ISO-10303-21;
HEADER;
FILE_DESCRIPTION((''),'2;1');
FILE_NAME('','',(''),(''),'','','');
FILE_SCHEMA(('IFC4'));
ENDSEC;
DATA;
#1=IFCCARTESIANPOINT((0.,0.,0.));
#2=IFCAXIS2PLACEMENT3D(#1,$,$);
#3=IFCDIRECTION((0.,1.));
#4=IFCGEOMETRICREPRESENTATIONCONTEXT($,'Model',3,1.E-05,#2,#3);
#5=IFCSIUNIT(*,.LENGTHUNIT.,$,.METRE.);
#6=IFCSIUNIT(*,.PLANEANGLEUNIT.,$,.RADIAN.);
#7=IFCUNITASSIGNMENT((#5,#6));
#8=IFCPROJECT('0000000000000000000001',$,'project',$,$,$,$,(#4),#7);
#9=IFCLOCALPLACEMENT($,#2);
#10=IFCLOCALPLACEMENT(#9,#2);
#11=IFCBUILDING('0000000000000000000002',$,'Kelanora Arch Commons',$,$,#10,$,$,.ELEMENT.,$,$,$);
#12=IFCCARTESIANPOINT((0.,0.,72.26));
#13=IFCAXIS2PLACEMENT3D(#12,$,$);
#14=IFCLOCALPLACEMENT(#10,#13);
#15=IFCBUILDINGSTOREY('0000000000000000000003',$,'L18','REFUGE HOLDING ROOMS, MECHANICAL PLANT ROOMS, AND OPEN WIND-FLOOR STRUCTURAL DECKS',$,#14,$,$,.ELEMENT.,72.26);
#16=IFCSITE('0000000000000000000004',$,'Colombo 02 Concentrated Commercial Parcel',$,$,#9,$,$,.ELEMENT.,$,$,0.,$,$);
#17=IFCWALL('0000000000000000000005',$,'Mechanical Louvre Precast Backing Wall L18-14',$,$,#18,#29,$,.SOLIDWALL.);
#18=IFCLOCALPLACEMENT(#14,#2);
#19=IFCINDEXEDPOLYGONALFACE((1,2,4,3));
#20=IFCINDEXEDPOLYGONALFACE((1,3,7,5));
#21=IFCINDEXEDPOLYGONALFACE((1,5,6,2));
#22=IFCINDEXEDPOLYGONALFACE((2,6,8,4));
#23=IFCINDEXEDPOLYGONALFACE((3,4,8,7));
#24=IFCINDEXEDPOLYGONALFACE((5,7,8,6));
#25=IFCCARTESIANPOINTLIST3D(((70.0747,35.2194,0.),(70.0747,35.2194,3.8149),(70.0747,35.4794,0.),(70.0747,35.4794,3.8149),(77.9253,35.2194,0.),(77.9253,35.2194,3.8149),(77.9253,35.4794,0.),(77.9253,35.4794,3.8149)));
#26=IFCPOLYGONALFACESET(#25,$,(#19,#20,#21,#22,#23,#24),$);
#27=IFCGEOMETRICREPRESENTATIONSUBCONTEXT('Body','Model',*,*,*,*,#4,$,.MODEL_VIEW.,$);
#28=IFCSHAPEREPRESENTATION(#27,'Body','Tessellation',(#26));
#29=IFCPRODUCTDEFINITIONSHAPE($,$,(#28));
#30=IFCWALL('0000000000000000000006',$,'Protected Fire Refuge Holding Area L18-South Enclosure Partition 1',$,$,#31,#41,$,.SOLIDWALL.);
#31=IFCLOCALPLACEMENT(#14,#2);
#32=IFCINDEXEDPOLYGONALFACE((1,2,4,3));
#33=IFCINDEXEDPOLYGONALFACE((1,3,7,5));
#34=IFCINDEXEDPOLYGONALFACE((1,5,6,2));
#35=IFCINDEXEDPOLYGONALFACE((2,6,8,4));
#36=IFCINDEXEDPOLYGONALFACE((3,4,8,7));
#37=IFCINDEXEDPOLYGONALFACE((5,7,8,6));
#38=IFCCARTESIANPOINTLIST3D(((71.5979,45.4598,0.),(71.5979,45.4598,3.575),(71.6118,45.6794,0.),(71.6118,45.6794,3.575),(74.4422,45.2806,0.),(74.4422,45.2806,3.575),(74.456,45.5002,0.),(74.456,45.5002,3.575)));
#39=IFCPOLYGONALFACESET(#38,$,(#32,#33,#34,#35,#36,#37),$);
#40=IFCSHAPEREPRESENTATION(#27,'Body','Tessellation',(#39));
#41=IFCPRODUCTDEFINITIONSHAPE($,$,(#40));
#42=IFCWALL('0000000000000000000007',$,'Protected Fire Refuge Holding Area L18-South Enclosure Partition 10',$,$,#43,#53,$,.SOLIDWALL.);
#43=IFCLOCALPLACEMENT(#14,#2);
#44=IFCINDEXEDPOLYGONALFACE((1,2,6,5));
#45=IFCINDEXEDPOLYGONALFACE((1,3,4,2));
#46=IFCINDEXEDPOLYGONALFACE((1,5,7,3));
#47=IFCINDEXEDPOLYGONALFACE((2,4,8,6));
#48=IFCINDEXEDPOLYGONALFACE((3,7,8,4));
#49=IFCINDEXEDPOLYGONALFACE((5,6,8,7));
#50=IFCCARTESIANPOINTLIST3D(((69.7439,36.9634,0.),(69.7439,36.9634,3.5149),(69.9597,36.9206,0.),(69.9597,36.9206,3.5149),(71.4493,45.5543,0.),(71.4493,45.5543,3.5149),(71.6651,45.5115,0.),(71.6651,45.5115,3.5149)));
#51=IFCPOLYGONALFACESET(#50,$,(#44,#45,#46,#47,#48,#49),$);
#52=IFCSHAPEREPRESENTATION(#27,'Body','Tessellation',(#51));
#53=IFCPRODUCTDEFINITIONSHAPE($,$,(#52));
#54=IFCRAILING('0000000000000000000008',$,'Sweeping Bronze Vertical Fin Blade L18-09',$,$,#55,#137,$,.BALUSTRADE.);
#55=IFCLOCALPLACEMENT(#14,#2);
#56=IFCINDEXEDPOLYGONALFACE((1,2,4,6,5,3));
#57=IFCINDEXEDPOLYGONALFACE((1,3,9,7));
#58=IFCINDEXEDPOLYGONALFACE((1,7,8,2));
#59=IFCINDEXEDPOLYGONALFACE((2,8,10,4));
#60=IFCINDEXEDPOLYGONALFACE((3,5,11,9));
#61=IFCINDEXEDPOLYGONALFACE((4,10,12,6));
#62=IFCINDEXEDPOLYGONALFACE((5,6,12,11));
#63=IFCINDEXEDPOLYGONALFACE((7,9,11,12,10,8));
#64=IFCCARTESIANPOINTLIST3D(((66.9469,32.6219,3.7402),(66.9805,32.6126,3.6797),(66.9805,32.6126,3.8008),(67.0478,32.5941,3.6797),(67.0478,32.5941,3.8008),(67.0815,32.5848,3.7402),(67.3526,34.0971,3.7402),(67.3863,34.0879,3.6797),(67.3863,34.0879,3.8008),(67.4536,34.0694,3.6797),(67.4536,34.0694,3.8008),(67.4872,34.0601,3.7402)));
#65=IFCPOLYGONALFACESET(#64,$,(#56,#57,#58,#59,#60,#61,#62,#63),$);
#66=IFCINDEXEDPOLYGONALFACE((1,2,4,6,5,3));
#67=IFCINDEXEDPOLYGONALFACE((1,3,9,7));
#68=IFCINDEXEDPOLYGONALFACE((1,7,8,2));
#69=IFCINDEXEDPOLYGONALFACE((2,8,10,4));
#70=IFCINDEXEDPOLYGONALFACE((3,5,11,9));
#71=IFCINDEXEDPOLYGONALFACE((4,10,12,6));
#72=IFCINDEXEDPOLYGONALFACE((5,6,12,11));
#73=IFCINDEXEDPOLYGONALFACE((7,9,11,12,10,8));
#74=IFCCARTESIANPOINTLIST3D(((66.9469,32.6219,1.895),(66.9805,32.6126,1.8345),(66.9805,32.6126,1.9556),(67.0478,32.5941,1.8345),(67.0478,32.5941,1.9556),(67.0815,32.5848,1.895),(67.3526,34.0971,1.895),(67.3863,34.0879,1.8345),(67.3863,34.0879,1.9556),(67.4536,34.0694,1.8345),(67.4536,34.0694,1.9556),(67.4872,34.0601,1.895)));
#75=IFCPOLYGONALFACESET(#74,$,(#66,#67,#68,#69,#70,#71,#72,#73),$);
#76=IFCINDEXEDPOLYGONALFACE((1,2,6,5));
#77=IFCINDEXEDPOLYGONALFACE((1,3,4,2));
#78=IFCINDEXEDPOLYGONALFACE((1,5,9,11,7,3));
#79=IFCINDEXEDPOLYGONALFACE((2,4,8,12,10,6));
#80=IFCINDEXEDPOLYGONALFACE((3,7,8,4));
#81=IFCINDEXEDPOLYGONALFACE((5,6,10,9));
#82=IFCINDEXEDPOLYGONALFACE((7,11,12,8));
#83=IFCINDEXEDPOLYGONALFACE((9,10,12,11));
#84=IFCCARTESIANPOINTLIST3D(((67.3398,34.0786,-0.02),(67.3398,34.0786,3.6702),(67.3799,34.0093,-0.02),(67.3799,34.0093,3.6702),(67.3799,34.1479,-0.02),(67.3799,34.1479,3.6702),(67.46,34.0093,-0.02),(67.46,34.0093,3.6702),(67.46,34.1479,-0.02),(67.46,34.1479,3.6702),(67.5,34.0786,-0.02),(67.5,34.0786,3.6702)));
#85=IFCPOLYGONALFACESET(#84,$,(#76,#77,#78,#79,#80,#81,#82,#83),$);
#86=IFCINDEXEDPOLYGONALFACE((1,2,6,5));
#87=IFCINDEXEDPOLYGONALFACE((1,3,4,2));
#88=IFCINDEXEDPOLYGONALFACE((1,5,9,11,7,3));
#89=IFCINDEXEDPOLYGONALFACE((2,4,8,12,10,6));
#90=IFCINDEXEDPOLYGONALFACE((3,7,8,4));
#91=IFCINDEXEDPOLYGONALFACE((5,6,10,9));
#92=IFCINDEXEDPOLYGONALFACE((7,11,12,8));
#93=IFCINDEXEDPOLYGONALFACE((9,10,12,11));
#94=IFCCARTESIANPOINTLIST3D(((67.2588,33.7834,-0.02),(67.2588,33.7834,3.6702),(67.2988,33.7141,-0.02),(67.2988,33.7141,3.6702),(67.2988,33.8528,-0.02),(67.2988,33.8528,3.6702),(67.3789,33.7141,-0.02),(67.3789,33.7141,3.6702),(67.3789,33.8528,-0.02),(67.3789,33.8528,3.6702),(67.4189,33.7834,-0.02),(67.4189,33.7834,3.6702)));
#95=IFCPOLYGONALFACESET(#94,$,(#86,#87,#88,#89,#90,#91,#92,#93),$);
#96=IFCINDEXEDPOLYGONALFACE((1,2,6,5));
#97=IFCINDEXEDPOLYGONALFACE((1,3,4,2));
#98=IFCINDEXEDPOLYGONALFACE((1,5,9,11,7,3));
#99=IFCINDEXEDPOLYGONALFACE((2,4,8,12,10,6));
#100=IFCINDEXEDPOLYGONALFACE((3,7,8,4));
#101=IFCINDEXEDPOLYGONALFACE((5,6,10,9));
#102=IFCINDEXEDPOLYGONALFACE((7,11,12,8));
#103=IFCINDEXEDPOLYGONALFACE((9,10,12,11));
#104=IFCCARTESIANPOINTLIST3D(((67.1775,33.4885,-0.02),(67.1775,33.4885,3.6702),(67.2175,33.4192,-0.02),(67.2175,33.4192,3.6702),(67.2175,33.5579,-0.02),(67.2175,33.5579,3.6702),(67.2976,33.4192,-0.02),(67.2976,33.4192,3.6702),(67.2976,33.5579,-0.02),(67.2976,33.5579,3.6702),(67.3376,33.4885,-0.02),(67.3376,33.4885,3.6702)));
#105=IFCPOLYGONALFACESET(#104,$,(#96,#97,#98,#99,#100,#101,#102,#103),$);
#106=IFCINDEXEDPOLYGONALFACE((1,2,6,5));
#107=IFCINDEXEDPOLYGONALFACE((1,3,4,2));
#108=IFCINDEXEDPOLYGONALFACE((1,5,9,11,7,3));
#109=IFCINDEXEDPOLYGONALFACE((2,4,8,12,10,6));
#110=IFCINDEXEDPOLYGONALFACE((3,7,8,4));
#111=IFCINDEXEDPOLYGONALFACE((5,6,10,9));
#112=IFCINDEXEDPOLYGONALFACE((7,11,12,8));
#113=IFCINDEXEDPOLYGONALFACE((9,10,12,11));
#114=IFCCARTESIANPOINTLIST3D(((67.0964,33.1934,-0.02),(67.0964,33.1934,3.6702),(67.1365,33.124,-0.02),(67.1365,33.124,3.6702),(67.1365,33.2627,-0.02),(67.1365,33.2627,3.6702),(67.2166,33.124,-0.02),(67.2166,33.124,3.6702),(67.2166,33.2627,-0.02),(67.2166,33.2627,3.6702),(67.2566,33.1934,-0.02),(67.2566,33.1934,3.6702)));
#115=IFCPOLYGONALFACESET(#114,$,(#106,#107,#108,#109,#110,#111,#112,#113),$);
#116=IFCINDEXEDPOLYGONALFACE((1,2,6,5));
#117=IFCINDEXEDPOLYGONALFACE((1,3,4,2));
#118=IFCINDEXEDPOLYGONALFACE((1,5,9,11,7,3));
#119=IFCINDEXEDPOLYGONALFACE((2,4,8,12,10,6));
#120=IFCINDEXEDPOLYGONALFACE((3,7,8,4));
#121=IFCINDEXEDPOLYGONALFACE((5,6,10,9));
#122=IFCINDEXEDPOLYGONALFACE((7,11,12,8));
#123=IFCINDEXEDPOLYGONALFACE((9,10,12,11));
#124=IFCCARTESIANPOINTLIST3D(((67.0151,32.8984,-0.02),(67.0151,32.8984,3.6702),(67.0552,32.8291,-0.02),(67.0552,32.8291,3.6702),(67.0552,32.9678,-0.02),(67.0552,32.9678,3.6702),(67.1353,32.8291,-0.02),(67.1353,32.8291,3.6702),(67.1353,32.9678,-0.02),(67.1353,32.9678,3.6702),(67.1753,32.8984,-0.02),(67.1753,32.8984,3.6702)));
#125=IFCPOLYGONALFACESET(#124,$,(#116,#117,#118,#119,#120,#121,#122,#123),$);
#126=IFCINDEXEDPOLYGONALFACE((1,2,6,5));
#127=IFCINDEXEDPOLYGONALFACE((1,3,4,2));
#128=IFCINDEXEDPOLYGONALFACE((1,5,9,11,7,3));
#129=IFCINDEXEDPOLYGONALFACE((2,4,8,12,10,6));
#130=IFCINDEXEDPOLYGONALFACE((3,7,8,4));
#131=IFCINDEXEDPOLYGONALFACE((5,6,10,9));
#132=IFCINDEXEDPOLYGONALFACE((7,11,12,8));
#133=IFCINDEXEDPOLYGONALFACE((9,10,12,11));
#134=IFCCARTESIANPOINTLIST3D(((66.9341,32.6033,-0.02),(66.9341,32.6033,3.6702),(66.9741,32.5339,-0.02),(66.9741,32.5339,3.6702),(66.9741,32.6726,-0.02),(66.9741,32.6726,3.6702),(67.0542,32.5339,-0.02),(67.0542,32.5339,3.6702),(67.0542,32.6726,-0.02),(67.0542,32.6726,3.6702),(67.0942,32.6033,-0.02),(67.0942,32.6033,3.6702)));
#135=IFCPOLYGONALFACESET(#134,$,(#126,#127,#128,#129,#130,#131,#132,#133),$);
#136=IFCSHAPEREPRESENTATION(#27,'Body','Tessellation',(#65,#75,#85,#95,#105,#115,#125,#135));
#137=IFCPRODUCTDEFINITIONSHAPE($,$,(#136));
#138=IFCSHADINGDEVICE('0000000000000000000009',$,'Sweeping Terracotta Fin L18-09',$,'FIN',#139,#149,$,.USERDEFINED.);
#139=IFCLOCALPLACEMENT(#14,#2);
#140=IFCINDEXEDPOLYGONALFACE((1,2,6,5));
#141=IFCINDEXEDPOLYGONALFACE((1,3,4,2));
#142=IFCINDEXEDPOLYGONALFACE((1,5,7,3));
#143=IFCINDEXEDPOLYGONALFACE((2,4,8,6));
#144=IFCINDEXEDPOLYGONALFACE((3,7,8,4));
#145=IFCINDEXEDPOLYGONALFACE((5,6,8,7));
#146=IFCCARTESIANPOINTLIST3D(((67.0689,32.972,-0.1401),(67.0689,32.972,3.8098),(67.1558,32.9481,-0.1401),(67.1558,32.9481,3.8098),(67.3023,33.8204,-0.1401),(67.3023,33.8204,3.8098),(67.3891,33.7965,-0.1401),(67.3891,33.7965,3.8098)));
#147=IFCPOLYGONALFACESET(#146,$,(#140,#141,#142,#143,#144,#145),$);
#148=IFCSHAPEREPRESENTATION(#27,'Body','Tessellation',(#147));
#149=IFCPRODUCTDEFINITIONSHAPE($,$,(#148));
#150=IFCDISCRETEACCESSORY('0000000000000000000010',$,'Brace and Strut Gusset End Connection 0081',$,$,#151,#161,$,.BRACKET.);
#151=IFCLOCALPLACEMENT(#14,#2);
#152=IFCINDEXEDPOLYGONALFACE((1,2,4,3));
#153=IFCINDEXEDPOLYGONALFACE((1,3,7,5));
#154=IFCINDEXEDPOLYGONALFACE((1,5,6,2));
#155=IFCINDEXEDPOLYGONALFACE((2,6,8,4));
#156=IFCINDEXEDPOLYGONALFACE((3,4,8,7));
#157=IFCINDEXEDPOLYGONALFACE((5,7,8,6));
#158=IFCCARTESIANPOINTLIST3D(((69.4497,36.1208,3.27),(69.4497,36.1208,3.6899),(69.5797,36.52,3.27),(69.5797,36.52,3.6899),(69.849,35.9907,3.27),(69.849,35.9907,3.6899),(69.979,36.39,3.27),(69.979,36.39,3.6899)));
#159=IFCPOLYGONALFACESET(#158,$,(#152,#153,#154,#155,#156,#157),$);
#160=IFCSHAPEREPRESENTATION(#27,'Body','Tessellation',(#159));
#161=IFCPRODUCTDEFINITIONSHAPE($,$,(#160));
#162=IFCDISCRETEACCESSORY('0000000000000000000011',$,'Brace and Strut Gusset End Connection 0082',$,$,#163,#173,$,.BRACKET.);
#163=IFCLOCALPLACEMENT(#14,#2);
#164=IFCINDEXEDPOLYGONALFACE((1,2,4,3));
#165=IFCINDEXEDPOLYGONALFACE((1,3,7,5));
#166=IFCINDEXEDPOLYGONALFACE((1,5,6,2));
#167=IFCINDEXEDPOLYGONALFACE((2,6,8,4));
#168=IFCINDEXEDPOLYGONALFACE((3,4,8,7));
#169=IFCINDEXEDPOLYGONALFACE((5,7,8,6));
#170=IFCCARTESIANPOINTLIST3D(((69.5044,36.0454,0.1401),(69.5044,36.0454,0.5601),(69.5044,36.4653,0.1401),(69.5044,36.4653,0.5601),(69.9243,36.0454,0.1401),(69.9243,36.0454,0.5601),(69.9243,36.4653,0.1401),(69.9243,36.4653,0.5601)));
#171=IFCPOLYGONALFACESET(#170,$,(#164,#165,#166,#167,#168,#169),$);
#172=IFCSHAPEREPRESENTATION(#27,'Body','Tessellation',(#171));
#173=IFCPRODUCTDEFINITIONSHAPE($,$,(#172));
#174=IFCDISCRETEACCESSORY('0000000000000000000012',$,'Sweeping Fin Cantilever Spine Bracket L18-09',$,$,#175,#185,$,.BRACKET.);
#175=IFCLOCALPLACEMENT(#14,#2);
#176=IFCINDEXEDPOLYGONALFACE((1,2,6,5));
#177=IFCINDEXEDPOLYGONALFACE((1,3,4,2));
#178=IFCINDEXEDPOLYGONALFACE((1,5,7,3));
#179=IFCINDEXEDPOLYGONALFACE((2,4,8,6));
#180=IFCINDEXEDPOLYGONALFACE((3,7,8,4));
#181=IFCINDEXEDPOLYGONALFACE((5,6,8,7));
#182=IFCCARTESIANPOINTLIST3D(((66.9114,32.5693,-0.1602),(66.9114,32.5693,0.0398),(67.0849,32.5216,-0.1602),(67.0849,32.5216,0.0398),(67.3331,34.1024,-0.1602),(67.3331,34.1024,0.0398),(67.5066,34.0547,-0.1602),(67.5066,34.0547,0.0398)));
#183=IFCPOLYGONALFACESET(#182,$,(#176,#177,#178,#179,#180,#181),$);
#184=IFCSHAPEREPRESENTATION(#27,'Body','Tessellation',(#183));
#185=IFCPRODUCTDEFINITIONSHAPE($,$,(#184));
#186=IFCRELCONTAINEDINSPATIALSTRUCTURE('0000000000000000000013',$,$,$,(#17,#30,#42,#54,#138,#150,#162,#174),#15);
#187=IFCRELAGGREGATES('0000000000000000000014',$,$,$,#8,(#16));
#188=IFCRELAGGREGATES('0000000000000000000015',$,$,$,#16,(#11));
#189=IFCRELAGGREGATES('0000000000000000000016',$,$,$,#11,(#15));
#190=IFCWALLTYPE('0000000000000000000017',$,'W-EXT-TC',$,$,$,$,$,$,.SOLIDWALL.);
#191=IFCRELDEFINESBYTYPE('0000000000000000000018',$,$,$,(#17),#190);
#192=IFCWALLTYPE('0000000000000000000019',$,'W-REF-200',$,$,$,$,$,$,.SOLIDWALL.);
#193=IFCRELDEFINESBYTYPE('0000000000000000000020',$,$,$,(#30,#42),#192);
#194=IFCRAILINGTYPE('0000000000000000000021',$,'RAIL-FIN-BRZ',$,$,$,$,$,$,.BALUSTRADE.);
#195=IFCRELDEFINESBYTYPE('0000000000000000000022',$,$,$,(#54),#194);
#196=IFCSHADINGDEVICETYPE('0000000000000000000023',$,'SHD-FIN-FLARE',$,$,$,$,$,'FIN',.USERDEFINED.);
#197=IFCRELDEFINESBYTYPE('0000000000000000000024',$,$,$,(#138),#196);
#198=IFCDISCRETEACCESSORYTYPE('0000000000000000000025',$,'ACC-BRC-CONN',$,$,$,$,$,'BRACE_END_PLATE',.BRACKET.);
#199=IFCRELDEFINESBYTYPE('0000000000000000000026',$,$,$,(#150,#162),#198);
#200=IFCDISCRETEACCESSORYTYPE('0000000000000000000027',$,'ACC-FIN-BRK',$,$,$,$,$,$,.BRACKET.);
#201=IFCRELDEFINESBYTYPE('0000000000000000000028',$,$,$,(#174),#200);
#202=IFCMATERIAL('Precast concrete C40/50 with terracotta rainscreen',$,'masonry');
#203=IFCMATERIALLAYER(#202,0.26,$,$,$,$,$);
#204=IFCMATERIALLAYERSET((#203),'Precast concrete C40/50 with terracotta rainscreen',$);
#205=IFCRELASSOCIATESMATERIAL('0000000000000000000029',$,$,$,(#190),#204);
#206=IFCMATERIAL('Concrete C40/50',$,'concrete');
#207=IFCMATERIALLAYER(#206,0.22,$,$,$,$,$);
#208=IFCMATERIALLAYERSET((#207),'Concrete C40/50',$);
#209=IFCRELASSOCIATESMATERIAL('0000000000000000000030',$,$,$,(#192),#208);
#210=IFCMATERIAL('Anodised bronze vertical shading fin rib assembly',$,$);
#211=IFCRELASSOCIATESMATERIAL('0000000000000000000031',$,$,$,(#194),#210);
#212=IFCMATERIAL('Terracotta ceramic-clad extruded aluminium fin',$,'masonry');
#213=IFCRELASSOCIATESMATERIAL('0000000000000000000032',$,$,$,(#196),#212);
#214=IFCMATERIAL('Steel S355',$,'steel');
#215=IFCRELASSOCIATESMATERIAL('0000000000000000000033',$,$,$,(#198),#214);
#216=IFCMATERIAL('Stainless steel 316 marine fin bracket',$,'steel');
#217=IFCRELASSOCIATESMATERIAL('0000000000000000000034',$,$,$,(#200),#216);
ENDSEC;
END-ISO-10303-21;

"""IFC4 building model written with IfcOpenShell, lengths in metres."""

from ifc_helpers import new_model, si_unit, direction, frame, frame_2d, origin, origin_2d, place, context, subcontext, project, spatial, polyline, rectangle, outline, extrude, source, transform, mapped, material, layer, layer_set, type_object, element, save


model = new_model("IFC4")

# Units and contexts
model_context = context("Model", 3, precision=1e-05, world=origin(), true_north=direction((0.0, 1.0)))
body_context = subcontext(model_context, "Body", "Model", "MODEL_VIEW")
ifc_project = project(units=[si_unit("LENGTHUNIT", "METRE"), si_unit("PLANEANGLEUNIT", "RADIAN")], contexts=[model_context])

# Site, building, storey
site_placement = place(None, origin())
site = spatial("IfcSite", under=ifc_project, at=site_placement, Name="Colombo 02 Concentrated Commercial Parcel", CompositionType="ELEMENT", RefElevation=0.0)
building_placement = place(site_placement, origin())
building = spatial("IfcBuilding", under=site, at=building_placement, Name="Kelanora Arch Commons", CompositionType="ELEMENT")
storey_placement = place(building_placement, frame((0.0, 0.0, 72.26)))
storey = spatial("IfcBuildingStorey", under=building, at=storey_placement, Name="L18", Description="REFUGE HOLDING ROOMS, MECHANICAL PLANT ROOMS, AND OPEN WIND-FLOOR STRUCTURAL DECKS", CompositionType="ELEMENT", Elevation=72.26)

# Shared definitions
ifc_material_1 = material(Name="Steel S355", Category="steel")

# Walls
ifc_material_2 = material(Name="Precast concrete C40/50 with terracotta rainscreen", Category="masonry")
ifc_layer_1 = layer(ifc_material_2, 0.26)
ifc_layer_set_1 = layer_set([ifc_layer_1], Name="Precast concrete C40/50 with terracotta rainscreen")
wall_type_1 = type_object("IfcWallType", Name="W-EXT-TC", PredefinedType="SOLIDWALL", material=ifc_layer_set_1)
wall_1_placement = place(storey_placement, frame((70.0747, 35.3494, 0.0), z_axis=(0.0, 0.0, 1.0), x_axis=(1.0, 0.0, 0.0)))
element("IfcWall", 1, at=wall_1_placement, inside=storey, type_object=wall_type_1, Name="Mechanical Louvre Precast Backing Wall L18-14", PredefinedType="SOLIDWALL", context=body_context, shape_type="SweptSolid", body=[
    extrude(rectangle(XDim=7.8506, YDim=0.26, at=frame_2d((3.9253, 0.0))), origin(), (0.0, 0.0, 1.0), 3.8149),
])
ifc_material_3 = material(Name="Concrete C40/50", Category="concrete")
ifc_layer_2 = layer(ifc_material_3, 0.22)
ifc_layer_set_2 = layer_set([ifc_layer_2], Name="Concrete C40/50")
wall_type_2 = type_object("IfcWallType", Name="W-REF-200", PredefinedType="SOLIDWALL", material=ifc_layer_set_2)
wall_2_placement = place(storey_placement, frame((71.605, 45.5696, 0.0), z_axis=(0.0, 0.0, 1.0), x_axis=(0.998021, -0.06288, 0.0)))
element("IfcWall", 2, at=wall_2_placement, inside=storey, type_object=wall_type_2, Name="Protected Fire Refuge Holding Area L18-South Enclosure Partition 1", PredefinedType="SOLIDWALL", context=body_context, shape_type="SweptSolid", body=[
    extrude(rectangle(XDim=2.8499, YDim=0.22, at=frame_2d((1.4248, 0.0))), origin(), (0.0, 0.0, 1.0), 3.575),
])
wall_3_placement = place(storey_placement, frame((69.8518, 36.9419, 0.0), z_axis=(0.0, 0.0, 1.0), x_axis=(0.194706, 0.980862, 0.0)))
element("IfcWall", 3, at=wall_3_placement, inside=storey, type_object=wall_type_2, Name="Protected Fire Refuge Holding Area L18-South Enclosure Partition 10", PredefinedType="SOLIDWALL", context=body_context, shape_type="SweptSolid", body=[
    extrude(rectangle(XDim=8.7585, YDim=0.22, at=frame_2d((4.3794, 0.0))), origin(), (0.0, 0.0, 1.0), 3.5149),
])

# Railing
ifc_material_4 = material(Name="Anodised bronze vertical shading fin rib assembly")
railing_type = type_object("IfcRailingType", Name="RAIL-FIN-BRZ", PredefinedType="BALUSTRADE", material=ifc_material_4)
railing_placement = place(storey_placement, frame((67.4199, 34.0786, -0.02)))
element("IfcRailing", 4, at=railing_placement, inside=storey, type_object=railing_type, Name="Sweeping Bronze Vertical Fin Blade L18-09", PredefinedType="BALUSTRADE", context=body_context, shape_type="SweptSolid", body=[
    extrude(outline(polyline([(0.0698, 0.0), (0.0349, 0.0605), (-0.0349, 0.0605), (-0.0698, 0.0), (-0.0349, -0.0605), (0.0349, -0.0605), (0.0698, 0.0)])), frame((0.0, 0.0, 3.7603), z_axis=(-0.265182, -0.964198, 0.0), x_axis=(0.964198, -0.265182, 0.0)), (0.0, 0.0, 1.0), 1.53),
    extrude(outline(polyline([(0.0698, 0.0), (0.0349, 0.0605), (-0.0349, 0.0605), (-0.0698, 0.0), (-0.0349, -0.0605), (0.0349, -0.0605), (0.0698, 0.0)])), frame((0.0, 0.0, 1.915), z_axis=(-0.265182, -0.964198, 0.0), x_axis=(0.964198, -0.265182, 0.0)), (0.0, 0.0, 1.0), 1.53),
    extrude(outline(polyline([(0.0801, 0.0), (0.04, 0.0693), (-0.04, 0.0693), (-0.0801, 0.0), (-0.04, -0.0693), (0.04, -0.0693), (0.0801, 0.0)])), origin(), (0.0, 0.0, 1.0), 3.6902),
    extrude(outline(polyline([(0.0801, 0.0), (0.04, 0.0693), (-0.04, 0.0693), (-0.0801, 0.0), (-0.04, -0.0693), (0.04, -0.0693), (0.0801, 0.0)])), frame((-0.0811, -0.2952, 0.0)), (0.0, 0.0, 1.0), 3.6902),
    extrude(outline(polyline([(0.0801, 0.0), (0.04, 0.0693), (-0.04, 0.0693), (-0.0801, 0.0), (-0.04, -0.0693), (0.04, -0.0693), (0.0801, 0.0)])), frame((-0.1624, -0.5901, 0.0)), (0.0, 0.0, 1.0), 3.6902),
    extrude(outline(polyline([(0.0801, 0.0), (0.04, 0.0693), (-0.04, 0.0693), (-0.0801, 0.0), (-0.04, -0.0693), (0.04, -0.0693), (0.0801, 0.0)])), frame((-0.2434, -0.8853, 0.0)), (0.0, 0.0, 1.0), 3.6902),
    extrude(outline(polyline([(0.0801, 0.0), (0.04, 0.0693), (-0.04, 0.0693), (-0.0801, 0.0), (-0.04, -0.0693), (0.04, -0.0693), (0.0801, 0.0)])), frame((-0.3247, -1.1802, 0.0)), (0.0, 0.0, 1.0), 3.6902),
    extrude(outline(polyline([(0.0801, 0.0), (0.04, 0.0693), (-0.04, 0.0693), (-0.0801, 0.0), (-0.04, -0.0693), (0.04, -0.0693), (0.0801, 0.0)])), frame((-0.4058, -1.4753, 0.0)), (0.0, 0.0, 1.0), 3.6902),
])

# Shading device
ifc_material_5 = material(Name="Terracotta ceramic-clad extruded aluminium fin", Category="masonry")
shading_device_type = type_object("IfcShadingDeviceType", Name="SHD-FIN-FLARE", ElementType="FIN", PredefinedType="USERDEFINED", material=ifc_material_5)
shared_shape_1 = source(origin(), body_context, "Body", "SweptSolid", [
    extrude(rectangle(XDim=0.8799, YDim=0.0901, at=origin_2d()), origin(), (0.0, 0.0, 1.0), 3.95),
])
shading_device_placement = place(storey_placement, frame((67.229, 33.3843, -0.1401), z_axis=(0.0, 0.0, 1.0), x_axis=(-0.26522, -0.964188, 0.0)))
element("IfcShadingDevice", 5, at=shading_device_placement, inside=storey, type_object=shading_device_type, Name="Sweeping Terracotta Fin L18-09", ObjectType="FIN", PredefinedType="USERDEFINED", context=body_context, shape_type="MappedRepresentation", body=[
    mapped(shared_shape_1, transform((0.0, 0.0, 0.0), scale=1.0)),
])

# Discrete accessories
discrete_accessory_type_1 = type_object("IfcDiscreteAccessoryType", Name="ACC-BRC-CONN", ElementType="BRACE_END_PLATE", PredefinedType="BRACKET", material=ifc_material_1)
shared_shape_2 = source(origin(), body_context, "Body", "SweptSolid", [
    extrude(rectangle(XDim=0.4199, YDim=0.4199, at=origin_2d()), origin(), (0.0, 0.0, 1.0), 0.4199),
])
for number, where, z_axis, x_axis, name in (
    (6, (69.7144, 36.2554, 3.27), (0.0, 0.0, 1.0), (0.950841, -0.309681, 0.0), "Brace and Strut Gusset End Connection 0081"),
    (7, (69.7144, 36.2554, 0.1401), (0.0, 0.0, 1.0), (1.0, 0.0, 0.0), "Brace and Strut Gusset End Connection 0082"),
):
    element("IfcDiscreteAccessory", number, at=place(storey_placement, frame(where, z_axis=z_axis, x_axis=x_axis)), inside=storey, type_object=discrete_accessory_type_1, Name=name, PredefinedType="BRACKET", context=body_context, shape_type="MappedRepresentation", body=[
        mapped(shared_shape_2, transform((0.0, 0.0, 0.0), scale=1.0)),
    ])
ifc_material_6 = material(Name="Stainless steel 316 marine fin bracket", Category="steel")
discrete_accessory_type_2 = type_object("IfcDiscreteAccessoryType", Name="ACC-FIN-BRK", PredefinedType="BRACKET", material=ifc_material_6)
shared_shape_3 = source(origin(), body_context, "Body", "SweptSolid", [
    extrude(rectangle(XDim=1.5901, YDim=0.1799, at=origin_2d()), origin(), (0.0, 0.0, 1.0), 0.2),
])
discrete_accessory_placement = place(storey_placement, frame((67.209, 33.312, -0.1602), z_axis=(0.0, 0.0, 1.0), x_axis=(-0.26522, -0.964188, 0.0)))
element("IfcDiscreteAccessory", 8, at=discrete_accessory_placement, inside=storey, type_object=discrete_accessory_type_2, Name="Sweeping Fin Cantilever Spine Bracket L18-09", PredefinedType="BRACKET", context=body_context, shape_type="MappedRepresentation", body=[
    mapped(shared_shape_3, transform((0.0, 0.0, 0.0), scale=1.0)),
])

save(model, "model.ifc")
